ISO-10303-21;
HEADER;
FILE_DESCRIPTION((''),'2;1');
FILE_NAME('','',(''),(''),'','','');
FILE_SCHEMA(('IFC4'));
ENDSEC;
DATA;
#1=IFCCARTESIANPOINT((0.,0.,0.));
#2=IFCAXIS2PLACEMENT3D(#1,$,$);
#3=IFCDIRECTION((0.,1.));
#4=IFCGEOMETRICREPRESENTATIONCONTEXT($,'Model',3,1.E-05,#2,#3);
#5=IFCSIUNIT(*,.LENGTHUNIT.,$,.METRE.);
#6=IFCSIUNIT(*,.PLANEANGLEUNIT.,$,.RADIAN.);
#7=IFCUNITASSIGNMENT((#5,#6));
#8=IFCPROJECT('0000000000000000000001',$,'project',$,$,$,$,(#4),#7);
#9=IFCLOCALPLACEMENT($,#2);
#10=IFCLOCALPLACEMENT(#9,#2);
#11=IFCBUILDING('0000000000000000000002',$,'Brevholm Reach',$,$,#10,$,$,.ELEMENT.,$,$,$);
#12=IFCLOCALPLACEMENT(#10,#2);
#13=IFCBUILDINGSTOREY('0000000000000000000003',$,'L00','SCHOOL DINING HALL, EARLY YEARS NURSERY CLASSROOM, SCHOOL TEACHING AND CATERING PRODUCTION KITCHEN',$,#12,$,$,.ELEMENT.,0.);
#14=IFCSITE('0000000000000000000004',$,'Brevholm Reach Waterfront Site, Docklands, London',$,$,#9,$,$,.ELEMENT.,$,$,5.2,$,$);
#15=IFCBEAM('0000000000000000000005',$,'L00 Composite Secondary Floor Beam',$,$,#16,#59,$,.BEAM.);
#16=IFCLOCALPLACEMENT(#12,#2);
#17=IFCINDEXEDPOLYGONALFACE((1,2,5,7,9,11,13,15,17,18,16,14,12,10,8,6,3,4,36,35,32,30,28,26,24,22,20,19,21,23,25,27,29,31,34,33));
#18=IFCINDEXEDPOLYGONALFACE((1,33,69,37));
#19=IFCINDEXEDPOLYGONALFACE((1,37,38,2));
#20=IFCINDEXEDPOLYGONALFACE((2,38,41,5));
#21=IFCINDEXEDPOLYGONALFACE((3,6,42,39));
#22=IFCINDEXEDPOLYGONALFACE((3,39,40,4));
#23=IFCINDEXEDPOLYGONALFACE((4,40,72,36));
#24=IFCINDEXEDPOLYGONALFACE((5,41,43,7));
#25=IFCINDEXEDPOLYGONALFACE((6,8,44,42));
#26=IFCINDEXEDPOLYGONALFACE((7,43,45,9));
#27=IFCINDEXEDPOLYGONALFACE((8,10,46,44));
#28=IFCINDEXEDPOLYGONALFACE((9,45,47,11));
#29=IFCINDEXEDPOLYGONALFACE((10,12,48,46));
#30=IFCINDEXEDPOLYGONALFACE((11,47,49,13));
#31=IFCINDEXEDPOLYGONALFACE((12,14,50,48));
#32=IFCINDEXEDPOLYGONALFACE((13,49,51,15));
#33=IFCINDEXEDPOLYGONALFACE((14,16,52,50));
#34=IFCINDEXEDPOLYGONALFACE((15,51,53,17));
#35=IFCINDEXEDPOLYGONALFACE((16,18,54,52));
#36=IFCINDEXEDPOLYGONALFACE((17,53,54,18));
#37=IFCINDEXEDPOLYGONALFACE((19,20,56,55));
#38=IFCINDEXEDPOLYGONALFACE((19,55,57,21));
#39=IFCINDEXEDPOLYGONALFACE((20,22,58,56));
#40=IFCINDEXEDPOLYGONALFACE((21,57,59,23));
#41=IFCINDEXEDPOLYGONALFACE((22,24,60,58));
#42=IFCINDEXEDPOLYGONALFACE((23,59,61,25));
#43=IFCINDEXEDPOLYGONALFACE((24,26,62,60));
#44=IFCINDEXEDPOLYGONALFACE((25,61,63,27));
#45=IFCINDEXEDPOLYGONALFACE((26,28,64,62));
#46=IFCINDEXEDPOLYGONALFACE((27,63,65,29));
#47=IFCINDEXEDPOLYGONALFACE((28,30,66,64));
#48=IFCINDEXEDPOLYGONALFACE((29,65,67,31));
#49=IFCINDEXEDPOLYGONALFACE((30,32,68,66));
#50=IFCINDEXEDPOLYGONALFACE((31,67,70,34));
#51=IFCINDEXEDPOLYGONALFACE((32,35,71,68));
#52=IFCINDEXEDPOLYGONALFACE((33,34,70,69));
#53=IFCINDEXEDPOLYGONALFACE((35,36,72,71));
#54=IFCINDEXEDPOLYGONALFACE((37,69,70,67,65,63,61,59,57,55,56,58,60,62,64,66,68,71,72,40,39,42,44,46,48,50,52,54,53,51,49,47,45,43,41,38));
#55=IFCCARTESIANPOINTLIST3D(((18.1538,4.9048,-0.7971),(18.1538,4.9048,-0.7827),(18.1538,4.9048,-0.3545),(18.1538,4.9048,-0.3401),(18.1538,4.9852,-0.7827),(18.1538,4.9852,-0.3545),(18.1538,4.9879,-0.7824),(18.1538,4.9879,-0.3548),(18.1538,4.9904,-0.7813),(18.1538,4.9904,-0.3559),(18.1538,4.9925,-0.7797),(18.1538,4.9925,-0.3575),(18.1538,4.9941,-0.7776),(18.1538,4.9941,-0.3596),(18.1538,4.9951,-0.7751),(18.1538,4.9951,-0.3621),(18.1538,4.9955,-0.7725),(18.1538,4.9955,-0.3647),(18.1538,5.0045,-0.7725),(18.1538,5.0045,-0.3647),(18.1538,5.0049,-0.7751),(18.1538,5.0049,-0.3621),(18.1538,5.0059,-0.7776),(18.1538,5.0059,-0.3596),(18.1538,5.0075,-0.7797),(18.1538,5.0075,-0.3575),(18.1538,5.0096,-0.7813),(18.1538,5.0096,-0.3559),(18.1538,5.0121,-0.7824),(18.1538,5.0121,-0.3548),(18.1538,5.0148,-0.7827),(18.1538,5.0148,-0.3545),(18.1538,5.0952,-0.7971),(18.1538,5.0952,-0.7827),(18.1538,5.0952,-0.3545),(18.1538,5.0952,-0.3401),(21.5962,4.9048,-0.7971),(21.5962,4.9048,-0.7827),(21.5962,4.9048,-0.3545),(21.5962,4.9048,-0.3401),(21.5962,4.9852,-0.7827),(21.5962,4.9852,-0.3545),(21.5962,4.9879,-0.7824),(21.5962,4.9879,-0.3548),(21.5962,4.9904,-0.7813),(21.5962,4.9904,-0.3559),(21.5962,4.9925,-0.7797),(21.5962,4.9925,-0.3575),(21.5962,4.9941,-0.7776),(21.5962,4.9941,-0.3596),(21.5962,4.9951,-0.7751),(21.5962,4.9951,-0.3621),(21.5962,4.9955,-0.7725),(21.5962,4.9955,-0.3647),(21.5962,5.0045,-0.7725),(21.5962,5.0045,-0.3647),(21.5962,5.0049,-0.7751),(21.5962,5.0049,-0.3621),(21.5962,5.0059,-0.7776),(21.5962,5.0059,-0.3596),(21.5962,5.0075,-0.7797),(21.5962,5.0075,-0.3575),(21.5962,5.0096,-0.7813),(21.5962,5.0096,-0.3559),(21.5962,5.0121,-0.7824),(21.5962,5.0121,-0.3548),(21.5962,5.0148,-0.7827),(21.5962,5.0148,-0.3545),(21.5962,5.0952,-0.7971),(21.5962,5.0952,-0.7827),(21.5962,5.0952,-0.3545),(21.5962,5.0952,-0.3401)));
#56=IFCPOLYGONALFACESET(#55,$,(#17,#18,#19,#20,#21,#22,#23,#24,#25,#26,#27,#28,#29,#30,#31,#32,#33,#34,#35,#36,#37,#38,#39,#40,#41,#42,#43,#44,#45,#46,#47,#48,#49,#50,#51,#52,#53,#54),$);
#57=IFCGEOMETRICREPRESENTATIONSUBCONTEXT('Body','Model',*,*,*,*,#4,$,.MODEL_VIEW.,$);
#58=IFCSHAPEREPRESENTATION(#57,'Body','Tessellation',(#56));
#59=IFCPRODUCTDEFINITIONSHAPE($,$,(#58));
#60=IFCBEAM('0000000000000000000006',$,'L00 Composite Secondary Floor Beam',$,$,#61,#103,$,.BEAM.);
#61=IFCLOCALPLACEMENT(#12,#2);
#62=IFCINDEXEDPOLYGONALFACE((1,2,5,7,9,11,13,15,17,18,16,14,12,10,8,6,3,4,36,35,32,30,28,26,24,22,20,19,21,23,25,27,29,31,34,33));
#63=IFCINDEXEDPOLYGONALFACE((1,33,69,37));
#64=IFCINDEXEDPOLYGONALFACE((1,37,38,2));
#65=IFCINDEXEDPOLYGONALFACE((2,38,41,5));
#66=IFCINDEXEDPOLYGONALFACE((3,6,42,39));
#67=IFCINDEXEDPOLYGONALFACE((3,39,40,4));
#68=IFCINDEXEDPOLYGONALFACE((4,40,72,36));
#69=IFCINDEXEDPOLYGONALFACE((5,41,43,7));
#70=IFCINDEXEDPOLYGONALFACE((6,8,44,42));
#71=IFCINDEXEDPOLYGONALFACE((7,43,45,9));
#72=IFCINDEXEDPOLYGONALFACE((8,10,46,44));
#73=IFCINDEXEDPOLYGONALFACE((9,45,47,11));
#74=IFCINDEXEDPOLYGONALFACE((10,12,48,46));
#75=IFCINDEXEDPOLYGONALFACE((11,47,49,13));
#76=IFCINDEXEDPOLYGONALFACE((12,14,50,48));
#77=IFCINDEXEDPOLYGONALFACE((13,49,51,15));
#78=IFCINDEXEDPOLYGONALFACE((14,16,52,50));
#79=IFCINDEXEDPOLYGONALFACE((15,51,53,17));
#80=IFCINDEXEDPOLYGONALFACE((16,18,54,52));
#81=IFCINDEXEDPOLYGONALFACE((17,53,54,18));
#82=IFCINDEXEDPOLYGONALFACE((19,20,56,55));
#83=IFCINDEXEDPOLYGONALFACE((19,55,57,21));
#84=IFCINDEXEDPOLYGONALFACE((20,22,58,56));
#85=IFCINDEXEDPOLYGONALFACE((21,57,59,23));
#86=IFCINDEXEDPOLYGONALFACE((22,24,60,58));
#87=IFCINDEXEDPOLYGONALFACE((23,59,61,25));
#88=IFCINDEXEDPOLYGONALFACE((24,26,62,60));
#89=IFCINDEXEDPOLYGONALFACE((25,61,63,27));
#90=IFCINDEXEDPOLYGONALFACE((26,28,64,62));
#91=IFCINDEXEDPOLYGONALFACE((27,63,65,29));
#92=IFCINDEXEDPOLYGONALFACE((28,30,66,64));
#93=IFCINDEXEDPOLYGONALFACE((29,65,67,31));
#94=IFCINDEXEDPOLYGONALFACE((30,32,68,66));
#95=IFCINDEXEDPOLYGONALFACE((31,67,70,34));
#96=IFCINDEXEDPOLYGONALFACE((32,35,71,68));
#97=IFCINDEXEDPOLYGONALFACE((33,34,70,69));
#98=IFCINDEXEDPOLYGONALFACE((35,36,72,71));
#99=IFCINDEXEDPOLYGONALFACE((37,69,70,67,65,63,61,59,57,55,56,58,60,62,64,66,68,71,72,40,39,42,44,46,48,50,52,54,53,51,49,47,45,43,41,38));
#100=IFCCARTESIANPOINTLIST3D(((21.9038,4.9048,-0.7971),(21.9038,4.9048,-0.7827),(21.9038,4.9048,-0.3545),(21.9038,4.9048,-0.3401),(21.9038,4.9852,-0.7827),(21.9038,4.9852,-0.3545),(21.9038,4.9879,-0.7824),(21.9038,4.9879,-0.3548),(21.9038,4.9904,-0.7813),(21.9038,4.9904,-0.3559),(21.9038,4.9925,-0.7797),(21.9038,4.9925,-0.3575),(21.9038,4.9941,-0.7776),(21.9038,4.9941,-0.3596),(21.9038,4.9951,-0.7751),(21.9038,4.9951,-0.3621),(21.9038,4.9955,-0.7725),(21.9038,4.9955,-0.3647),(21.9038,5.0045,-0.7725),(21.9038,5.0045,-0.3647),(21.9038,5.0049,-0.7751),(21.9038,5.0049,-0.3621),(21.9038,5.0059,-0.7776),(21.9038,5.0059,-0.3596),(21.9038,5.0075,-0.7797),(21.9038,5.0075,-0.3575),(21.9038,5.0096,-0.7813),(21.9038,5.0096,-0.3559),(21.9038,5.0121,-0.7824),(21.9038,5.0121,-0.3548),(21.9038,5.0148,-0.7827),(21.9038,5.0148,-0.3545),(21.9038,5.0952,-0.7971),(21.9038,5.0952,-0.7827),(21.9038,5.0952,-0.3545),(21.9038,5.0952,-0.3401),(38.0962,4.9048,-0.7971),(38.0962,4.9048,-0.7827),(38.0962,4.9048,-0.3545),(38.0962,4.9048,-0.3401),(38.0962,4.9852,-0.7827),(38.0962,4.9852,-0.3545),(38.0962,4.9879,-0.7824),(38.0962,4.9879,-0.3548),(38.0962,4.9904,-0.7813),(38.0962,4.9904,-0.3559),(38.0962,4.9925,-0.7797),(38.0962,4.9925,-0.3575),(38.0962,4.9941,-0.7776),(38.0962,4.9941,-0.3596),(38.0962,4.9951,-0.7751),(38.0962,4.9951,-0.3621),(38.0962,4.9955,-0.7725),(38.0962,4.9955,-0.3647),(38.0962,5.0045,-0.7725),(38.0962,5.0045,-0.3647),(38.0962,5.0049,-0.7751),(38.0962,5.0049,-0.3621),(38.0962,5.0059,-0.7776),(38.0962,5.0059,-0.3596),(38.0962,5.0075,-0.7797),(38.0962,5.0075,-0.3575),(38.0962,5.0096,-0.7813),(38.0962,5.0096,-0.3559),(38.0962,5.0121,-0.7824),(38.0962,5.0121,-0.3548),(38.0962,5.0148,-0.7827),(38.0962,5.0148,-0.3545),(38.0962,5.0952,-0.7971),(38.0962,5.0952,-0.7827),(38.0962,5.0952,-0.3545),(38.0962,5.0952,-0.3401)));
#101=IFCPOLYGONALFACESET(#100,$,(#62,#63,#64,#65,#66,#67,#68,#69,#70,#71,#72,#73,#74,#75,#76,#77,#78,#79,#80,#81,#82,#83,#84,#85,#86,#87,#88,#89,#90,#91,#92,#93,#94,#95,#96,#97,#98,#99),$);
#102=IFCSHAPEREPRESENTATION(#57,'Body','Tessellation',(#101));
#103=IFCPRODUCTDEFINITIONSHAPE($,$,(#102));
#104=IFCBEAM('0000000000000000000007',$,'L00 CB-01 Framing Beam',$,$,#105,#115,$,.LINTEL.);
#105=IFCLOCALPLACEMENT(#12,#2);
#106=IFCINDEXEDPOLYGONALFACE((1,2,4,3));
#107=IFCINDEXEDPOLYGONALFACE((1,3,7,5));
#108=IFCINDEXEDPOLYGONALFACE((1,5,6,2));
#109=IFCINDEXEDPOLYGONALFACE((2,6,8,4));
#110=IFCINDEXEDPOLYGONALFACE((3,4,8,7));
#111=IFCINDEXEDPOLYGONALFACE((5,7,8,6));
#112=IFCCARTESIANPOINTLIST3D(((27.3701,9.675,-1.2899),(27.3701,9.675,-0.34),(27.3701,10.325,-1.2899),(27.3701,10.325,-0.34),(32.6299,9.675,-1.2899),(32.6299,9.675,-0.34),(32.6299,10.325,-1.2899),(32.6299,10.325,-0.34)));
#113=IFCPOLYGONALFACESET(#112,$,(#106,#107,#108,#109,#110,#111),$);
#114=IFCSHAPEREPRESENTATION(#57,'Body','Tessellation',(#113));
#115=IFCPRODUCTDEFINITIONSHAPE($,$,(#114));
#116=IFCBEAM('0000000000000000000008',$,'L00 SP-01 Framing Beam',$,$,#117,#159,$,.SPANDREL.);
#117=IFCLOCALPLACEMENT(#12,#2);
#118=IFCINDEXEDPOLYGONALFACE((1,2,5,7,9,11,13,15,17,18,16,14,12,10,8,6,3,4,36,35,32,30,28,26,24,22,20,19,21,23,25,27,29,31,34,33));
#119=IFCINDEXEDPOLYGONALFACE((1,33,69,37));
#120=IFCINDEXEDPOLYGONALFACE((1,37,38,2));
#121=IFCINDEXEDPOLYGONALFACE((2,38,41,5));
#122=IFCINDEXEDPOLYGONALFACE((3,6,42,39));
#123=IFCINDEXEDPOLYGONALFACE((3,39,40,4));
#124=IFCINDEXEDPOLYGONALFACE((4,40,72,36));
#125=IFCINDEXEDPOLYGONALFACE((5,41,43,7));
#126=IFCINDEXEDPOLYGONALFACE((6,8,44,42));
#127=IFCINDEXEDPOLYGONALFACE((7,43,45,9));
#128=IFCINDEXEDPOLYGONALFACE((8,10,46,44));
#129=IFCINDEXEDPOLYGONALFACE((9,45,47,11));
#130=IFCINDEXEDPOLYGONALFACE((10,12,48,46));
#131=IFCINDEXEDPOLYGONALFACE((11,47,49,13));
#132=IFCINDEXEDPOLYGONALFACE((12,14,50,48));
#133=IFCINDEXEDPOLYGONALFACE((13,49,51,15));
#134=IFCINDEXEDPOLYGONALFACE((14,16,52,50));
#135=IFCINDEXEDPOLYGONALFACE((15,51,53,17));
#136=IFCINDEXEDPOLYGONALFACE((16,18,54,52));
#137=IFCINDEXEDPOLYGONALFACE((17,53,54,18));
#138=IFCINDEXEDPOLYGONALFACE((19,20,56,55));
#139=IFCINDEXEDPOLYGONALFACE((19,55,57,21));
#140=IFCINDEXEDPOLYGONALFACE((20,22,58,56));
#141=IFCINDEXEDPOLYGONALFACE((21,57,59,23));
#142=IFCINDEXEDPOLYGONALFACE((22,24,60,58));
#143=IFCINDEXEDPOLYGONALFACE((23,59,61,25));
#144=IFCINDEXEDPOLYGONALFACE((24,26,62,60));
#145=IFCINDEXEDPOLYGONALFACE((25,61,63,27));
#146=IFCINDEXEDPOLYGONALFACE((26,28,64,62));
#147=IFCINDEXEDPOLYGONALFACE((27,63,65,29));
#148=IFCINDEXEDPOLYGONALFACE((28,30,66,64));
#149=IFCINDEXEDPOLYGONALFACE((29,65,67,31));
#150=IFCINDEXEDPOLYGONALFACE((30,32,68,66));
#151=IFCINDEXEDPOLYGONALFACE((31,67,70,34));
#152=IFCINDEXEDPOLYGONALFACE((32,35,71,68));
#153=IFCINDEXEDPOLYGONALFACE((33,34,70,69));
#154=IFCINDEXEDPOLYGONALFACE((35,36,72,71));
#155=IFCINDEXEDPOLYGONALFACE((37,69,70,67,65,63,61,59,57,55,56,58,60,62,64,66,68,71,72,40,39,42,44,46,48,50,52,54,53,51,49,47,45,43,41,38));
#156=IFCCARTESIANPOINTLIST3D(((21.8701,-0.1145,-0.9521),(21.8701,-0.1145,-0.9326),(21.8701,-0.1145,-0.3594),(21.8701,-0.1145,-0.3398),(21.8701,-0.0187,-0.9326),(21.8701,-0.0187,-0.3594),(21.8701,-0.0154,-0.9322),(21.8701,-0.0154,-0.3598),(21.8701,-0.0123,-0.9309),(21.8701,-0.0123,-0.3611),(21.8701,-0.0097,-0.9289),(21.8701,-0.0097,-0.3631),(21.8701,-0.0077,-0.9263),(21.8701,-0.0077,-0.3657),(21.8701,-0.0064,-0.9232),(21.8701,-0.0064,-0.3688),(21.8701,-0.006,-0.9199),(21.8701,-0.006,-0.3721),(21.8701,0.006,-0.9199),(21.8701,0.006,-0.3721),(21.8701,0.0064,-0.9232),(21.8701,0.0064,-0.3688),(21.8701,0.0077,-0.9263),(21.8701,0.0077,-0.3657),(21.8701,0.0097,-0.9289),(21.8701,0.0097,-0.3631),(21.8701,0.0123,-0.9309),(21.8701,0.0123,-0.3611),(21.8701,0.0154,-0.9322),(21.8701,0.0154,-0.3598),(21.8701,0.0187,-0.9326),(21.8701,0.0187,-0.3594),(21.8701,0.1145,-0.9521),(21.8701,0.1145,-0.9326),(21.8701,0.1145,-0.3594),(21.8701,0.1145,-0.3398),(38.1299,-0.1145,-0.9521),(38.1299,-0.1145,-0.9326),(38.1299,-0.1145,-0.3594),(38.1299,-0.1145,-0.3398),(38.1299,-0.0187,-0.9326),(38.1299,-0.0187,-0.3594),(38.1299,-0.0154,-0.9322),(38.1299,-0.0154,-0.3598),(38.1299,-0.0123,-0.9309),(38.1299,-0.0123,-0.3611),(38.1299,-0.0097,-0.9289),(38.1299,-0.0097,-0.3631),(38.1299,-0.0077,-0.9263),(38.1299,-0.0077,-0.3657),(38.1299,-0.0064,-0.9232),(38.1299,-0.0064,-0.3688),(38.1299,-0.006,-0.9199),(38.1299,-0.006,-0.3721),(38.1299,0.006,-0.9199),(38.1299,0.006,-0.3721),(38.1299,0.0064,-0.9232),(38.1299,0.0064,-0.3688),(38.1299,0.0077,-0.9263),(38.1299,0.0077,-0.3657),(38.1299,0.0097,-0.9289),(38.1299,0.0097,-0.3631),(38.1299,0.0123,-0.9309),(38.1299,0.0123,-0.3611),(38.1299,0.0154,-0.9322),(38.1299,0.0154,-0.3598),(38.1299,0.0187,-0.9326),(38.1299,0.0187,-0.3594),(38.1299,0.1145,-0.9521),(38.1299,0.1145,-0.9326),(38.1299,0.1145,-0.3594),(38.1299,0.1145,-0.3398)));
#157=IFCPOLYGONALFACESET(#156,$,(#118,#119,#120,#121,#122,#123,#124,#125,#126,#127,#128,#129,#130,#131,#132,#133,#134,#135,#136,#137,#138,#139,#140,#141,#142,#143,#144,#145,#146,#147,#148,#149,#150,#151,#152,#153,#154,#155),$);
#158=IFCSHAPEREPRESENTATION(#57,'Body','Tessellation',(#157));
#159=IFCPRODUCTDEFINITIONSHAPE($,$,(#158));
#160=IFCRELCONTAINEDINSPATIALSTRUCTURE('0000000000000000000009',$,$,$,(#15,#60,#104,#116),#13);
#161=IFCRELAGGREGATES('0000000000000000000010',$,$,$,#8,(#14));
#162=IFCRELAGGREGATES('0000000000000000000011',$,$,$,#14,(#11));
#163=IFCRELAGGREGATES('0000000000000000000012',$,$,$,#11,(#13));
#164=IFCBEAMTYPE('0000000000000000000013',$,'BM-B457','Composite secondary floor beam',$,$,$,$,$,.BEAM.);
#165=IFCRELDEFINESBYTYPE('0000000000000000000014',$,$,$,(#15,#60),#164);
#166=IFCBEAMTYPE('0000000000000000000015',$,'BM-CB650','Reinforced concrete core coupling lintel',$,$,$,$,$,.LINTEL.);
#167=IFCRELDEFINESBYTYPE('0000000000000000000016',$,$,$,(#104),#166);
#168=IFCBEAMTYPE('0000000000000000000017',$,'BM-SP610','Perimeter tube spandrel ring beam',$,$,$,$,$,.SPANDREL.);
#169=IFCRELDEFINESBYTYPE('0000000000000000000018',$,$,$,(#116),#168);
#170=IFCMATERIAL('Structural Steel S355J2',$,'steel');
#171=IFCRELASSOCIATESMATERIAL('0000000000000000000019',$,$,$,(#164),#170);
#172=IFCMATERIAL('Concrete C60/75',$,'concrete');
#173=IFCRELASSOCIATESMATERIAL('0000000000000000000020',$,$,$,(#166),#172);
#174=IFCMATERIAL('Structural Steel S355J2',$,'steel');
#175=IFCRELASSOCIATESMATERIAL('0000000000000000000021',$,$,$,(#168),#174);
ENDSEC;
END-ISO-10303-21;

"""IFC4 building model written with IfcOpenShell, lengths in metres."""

from ifc_helpers import new_model, si_unit, direction, frame, origin, origin_2d, place, context, subcontext, project, spatial, rectangle, i_section, extrude, material, material_profile, profile_set, type_object, element, save


model = new_model("IFC4")

# Units and contexts
model_context = context("Model", 3, precision=1e-05, world=origin(), true_north=direction((0.0, 1.0)))
body_context = subcontext(model_context, "Body", "Model", "MODEL_VIEW")
ifc_project = project(units=[si_unit("LENGTHUNIT", "METRE"), si_unit("PLANEANGLEUNIT", "RADIAN")], contexts=[model_context])

# Site, building, storey
site_placement = place(None, origin())
site = spatial("IfcSite", under=ifc_project, at=site_placement, Name="Brevholm Reach Waterfront Site, Docklands, London", CompositionType="ELEMENT", RefElevation=5.2)
building_placement = place(site_placement, origin())
building = spatial("IfcBuilding", under=site, at=building_placement, Name="Brevholm Reach", CompositionType="ELEMENT")
storey_placement = place(building_placement, origin())
storey = spatial("IfcBuildingStorey", under=building, at=storey_placement, Name="L00", Description="SCHOOL DINING HALL, EARLY YEARS NURSERY CLASSROOM, SCHOOL TEACHING AND CATERING PRODUCTION KITCHEN", CompositionType="ELEMENT", Elevation=0.0)

# Beams
ifc_material_1 = material(Name="Structural Steel S355J2", Category="steel")
ifc_material_profile_1 = material_profile(ifc_material_1, i_section(OverallWidth=0.1904, OverallDepth=0.457, WebThickness=0.009, FlangeThickness=0.0144, FilletRadius=0.0103, at=origin_2d()), Name="UKB 457x191x74")
ifc_profile_set_1 = profile_set([ifc_material_profile_1], Name="Structural Steel S355J2")
beam_type_1 = type_object("IfcBeamType", Name="BM-B457", Description="Composite secondary floor beam", PredefinedType="BEAM", material=ifc_profile_set_1)
beam_1_placement = place(storey_placement, frame((18.1538, 5.0, -0.5686), z_axis=(1.0, 0.0, 0.0), x_axis=(0.0, 1.0, 0.0)))
element("IfcBeam", 1, at=beam_1_placement, inside=storey, type_object=beam_type_1, Name="L00 Composite Secondary Floor Beam", PredefinedType="BEAM", context=body_context, shape_type="SweptSolid", body=[
    extrude(i_section(OverallWidth=0.1904, OverallDepth=0.457, WebThickness=0.009, FlangeThickness=0.0144, FilletRadius=0.0103, at=origin_2d()), origin(), (0.0, 0.0, 1.0), 3.4424),
])
beam_2_placement = place(storey_placement, frame((21.9038, 5.0, -0.5686), z_axis=(1.0, 0.0, 0.0), x_axis=(0.0, 1.0, 0.0)))
element("IfcBeam", 2, at=beam_2_placement, inside=storey, type_object=beam_type_1, Name="L00 Composite Secondary Floor Beam", PredefinedType="BEAM", context=body_context, shape_type="SweptSolid", body=[
    extrude(i_section(OverallWidth=0.1904, OverallDepth=0.457, WebThickness=0.009, FlangeThickness=0.0144, FilletRadius=0.0103, at=origin_2d()), origin(), (0.0, 0.0, 1.0), 16.1924),
])
ifc_material_2 = material(Name="Concrete C60/75", Category="concrete")
ifc_material_profile_2 = material_profile(ifc_material_2, rectangle(XDim=0.6499, YDim=0.95, at=origin_2d()), Name="RC 650x950")
ifc_profile_set_2 = profile_set([ifc_material_profile_2], Name="Concrete C60/75")
beam_type_2 = type_object("IfcBeamType", Name="BM-CB650", Description="Reinforced concrete core coupling lintel", PredefinedType="LINTEL", material=ifc_profile_set_2)
beam_3_placement = place(storey_placement, frame((27.3701, 10.0, -0.8149), z_axis=(1.0, 0.0, 0.0), x_axis=(0.0, 1.0, 0.0)))
element("IfcBeam", 3, at=beam_3_placement, inside=storey, type_object=beam_type_2, Name="L00 CB-01 Framing Beam", PredefinedType="LINTEL", context=body_context, shape_type="SweptSolid", body=[
    extrude(rectangle(XDim=0.6499, YDim=0.95, at=origin_2d()), origin(), (0.0, 0.0, 1.0), 5.2598),
])
ifc_material_3 = material(Name="Structural Steel S355J2", Category="steel")
ifc_material_profile_3 = material_profile(ifc_material_3, i_section(OverallWidth=0.229, OverallDepth=0.6123, WebThickness=0.012, FlangeThickness=0.0195, FilletRadius=0.0127, at=origin_2d()), Name="UKB 610x229x125")
ifc_profile_set_3 = profile_set([ifc_material_profile_3], Name="Structural Steel S355J2")
beam_type_3 = type_object("IfcBeamType", Name="BM-SP610", Description="Perimeter tube spandrel ring beam", PredefinedType="SPANDREL", material=ifc_profile_set_3)
beam_4_placement = place(storey_placement, frame((21.8701, 0.0, -0.646), z_axis=(1.0, 0.0, 0.0), x_axis=(0.0, 1.0, 0.0)))
element("IfcBeam", 4, at=beam_4_placement, inside=storey, type_object=beam_type_3, Name="L00 SP-01 Framing Beam", PredefinedType="SPANDREL", context=body_context, shape_type="SweptSolid", body=[
    extrude(i_section(OverallWidth=0.229, OverallDepth=0.6123, WebThickness=0.012, FlangeThickness=0.0195, FilletRadius=0.0127, at=origin_2d()), origin(), (0.0, 0.0, 1.0), 16.2598),
])

save(model, "model.ifc")
